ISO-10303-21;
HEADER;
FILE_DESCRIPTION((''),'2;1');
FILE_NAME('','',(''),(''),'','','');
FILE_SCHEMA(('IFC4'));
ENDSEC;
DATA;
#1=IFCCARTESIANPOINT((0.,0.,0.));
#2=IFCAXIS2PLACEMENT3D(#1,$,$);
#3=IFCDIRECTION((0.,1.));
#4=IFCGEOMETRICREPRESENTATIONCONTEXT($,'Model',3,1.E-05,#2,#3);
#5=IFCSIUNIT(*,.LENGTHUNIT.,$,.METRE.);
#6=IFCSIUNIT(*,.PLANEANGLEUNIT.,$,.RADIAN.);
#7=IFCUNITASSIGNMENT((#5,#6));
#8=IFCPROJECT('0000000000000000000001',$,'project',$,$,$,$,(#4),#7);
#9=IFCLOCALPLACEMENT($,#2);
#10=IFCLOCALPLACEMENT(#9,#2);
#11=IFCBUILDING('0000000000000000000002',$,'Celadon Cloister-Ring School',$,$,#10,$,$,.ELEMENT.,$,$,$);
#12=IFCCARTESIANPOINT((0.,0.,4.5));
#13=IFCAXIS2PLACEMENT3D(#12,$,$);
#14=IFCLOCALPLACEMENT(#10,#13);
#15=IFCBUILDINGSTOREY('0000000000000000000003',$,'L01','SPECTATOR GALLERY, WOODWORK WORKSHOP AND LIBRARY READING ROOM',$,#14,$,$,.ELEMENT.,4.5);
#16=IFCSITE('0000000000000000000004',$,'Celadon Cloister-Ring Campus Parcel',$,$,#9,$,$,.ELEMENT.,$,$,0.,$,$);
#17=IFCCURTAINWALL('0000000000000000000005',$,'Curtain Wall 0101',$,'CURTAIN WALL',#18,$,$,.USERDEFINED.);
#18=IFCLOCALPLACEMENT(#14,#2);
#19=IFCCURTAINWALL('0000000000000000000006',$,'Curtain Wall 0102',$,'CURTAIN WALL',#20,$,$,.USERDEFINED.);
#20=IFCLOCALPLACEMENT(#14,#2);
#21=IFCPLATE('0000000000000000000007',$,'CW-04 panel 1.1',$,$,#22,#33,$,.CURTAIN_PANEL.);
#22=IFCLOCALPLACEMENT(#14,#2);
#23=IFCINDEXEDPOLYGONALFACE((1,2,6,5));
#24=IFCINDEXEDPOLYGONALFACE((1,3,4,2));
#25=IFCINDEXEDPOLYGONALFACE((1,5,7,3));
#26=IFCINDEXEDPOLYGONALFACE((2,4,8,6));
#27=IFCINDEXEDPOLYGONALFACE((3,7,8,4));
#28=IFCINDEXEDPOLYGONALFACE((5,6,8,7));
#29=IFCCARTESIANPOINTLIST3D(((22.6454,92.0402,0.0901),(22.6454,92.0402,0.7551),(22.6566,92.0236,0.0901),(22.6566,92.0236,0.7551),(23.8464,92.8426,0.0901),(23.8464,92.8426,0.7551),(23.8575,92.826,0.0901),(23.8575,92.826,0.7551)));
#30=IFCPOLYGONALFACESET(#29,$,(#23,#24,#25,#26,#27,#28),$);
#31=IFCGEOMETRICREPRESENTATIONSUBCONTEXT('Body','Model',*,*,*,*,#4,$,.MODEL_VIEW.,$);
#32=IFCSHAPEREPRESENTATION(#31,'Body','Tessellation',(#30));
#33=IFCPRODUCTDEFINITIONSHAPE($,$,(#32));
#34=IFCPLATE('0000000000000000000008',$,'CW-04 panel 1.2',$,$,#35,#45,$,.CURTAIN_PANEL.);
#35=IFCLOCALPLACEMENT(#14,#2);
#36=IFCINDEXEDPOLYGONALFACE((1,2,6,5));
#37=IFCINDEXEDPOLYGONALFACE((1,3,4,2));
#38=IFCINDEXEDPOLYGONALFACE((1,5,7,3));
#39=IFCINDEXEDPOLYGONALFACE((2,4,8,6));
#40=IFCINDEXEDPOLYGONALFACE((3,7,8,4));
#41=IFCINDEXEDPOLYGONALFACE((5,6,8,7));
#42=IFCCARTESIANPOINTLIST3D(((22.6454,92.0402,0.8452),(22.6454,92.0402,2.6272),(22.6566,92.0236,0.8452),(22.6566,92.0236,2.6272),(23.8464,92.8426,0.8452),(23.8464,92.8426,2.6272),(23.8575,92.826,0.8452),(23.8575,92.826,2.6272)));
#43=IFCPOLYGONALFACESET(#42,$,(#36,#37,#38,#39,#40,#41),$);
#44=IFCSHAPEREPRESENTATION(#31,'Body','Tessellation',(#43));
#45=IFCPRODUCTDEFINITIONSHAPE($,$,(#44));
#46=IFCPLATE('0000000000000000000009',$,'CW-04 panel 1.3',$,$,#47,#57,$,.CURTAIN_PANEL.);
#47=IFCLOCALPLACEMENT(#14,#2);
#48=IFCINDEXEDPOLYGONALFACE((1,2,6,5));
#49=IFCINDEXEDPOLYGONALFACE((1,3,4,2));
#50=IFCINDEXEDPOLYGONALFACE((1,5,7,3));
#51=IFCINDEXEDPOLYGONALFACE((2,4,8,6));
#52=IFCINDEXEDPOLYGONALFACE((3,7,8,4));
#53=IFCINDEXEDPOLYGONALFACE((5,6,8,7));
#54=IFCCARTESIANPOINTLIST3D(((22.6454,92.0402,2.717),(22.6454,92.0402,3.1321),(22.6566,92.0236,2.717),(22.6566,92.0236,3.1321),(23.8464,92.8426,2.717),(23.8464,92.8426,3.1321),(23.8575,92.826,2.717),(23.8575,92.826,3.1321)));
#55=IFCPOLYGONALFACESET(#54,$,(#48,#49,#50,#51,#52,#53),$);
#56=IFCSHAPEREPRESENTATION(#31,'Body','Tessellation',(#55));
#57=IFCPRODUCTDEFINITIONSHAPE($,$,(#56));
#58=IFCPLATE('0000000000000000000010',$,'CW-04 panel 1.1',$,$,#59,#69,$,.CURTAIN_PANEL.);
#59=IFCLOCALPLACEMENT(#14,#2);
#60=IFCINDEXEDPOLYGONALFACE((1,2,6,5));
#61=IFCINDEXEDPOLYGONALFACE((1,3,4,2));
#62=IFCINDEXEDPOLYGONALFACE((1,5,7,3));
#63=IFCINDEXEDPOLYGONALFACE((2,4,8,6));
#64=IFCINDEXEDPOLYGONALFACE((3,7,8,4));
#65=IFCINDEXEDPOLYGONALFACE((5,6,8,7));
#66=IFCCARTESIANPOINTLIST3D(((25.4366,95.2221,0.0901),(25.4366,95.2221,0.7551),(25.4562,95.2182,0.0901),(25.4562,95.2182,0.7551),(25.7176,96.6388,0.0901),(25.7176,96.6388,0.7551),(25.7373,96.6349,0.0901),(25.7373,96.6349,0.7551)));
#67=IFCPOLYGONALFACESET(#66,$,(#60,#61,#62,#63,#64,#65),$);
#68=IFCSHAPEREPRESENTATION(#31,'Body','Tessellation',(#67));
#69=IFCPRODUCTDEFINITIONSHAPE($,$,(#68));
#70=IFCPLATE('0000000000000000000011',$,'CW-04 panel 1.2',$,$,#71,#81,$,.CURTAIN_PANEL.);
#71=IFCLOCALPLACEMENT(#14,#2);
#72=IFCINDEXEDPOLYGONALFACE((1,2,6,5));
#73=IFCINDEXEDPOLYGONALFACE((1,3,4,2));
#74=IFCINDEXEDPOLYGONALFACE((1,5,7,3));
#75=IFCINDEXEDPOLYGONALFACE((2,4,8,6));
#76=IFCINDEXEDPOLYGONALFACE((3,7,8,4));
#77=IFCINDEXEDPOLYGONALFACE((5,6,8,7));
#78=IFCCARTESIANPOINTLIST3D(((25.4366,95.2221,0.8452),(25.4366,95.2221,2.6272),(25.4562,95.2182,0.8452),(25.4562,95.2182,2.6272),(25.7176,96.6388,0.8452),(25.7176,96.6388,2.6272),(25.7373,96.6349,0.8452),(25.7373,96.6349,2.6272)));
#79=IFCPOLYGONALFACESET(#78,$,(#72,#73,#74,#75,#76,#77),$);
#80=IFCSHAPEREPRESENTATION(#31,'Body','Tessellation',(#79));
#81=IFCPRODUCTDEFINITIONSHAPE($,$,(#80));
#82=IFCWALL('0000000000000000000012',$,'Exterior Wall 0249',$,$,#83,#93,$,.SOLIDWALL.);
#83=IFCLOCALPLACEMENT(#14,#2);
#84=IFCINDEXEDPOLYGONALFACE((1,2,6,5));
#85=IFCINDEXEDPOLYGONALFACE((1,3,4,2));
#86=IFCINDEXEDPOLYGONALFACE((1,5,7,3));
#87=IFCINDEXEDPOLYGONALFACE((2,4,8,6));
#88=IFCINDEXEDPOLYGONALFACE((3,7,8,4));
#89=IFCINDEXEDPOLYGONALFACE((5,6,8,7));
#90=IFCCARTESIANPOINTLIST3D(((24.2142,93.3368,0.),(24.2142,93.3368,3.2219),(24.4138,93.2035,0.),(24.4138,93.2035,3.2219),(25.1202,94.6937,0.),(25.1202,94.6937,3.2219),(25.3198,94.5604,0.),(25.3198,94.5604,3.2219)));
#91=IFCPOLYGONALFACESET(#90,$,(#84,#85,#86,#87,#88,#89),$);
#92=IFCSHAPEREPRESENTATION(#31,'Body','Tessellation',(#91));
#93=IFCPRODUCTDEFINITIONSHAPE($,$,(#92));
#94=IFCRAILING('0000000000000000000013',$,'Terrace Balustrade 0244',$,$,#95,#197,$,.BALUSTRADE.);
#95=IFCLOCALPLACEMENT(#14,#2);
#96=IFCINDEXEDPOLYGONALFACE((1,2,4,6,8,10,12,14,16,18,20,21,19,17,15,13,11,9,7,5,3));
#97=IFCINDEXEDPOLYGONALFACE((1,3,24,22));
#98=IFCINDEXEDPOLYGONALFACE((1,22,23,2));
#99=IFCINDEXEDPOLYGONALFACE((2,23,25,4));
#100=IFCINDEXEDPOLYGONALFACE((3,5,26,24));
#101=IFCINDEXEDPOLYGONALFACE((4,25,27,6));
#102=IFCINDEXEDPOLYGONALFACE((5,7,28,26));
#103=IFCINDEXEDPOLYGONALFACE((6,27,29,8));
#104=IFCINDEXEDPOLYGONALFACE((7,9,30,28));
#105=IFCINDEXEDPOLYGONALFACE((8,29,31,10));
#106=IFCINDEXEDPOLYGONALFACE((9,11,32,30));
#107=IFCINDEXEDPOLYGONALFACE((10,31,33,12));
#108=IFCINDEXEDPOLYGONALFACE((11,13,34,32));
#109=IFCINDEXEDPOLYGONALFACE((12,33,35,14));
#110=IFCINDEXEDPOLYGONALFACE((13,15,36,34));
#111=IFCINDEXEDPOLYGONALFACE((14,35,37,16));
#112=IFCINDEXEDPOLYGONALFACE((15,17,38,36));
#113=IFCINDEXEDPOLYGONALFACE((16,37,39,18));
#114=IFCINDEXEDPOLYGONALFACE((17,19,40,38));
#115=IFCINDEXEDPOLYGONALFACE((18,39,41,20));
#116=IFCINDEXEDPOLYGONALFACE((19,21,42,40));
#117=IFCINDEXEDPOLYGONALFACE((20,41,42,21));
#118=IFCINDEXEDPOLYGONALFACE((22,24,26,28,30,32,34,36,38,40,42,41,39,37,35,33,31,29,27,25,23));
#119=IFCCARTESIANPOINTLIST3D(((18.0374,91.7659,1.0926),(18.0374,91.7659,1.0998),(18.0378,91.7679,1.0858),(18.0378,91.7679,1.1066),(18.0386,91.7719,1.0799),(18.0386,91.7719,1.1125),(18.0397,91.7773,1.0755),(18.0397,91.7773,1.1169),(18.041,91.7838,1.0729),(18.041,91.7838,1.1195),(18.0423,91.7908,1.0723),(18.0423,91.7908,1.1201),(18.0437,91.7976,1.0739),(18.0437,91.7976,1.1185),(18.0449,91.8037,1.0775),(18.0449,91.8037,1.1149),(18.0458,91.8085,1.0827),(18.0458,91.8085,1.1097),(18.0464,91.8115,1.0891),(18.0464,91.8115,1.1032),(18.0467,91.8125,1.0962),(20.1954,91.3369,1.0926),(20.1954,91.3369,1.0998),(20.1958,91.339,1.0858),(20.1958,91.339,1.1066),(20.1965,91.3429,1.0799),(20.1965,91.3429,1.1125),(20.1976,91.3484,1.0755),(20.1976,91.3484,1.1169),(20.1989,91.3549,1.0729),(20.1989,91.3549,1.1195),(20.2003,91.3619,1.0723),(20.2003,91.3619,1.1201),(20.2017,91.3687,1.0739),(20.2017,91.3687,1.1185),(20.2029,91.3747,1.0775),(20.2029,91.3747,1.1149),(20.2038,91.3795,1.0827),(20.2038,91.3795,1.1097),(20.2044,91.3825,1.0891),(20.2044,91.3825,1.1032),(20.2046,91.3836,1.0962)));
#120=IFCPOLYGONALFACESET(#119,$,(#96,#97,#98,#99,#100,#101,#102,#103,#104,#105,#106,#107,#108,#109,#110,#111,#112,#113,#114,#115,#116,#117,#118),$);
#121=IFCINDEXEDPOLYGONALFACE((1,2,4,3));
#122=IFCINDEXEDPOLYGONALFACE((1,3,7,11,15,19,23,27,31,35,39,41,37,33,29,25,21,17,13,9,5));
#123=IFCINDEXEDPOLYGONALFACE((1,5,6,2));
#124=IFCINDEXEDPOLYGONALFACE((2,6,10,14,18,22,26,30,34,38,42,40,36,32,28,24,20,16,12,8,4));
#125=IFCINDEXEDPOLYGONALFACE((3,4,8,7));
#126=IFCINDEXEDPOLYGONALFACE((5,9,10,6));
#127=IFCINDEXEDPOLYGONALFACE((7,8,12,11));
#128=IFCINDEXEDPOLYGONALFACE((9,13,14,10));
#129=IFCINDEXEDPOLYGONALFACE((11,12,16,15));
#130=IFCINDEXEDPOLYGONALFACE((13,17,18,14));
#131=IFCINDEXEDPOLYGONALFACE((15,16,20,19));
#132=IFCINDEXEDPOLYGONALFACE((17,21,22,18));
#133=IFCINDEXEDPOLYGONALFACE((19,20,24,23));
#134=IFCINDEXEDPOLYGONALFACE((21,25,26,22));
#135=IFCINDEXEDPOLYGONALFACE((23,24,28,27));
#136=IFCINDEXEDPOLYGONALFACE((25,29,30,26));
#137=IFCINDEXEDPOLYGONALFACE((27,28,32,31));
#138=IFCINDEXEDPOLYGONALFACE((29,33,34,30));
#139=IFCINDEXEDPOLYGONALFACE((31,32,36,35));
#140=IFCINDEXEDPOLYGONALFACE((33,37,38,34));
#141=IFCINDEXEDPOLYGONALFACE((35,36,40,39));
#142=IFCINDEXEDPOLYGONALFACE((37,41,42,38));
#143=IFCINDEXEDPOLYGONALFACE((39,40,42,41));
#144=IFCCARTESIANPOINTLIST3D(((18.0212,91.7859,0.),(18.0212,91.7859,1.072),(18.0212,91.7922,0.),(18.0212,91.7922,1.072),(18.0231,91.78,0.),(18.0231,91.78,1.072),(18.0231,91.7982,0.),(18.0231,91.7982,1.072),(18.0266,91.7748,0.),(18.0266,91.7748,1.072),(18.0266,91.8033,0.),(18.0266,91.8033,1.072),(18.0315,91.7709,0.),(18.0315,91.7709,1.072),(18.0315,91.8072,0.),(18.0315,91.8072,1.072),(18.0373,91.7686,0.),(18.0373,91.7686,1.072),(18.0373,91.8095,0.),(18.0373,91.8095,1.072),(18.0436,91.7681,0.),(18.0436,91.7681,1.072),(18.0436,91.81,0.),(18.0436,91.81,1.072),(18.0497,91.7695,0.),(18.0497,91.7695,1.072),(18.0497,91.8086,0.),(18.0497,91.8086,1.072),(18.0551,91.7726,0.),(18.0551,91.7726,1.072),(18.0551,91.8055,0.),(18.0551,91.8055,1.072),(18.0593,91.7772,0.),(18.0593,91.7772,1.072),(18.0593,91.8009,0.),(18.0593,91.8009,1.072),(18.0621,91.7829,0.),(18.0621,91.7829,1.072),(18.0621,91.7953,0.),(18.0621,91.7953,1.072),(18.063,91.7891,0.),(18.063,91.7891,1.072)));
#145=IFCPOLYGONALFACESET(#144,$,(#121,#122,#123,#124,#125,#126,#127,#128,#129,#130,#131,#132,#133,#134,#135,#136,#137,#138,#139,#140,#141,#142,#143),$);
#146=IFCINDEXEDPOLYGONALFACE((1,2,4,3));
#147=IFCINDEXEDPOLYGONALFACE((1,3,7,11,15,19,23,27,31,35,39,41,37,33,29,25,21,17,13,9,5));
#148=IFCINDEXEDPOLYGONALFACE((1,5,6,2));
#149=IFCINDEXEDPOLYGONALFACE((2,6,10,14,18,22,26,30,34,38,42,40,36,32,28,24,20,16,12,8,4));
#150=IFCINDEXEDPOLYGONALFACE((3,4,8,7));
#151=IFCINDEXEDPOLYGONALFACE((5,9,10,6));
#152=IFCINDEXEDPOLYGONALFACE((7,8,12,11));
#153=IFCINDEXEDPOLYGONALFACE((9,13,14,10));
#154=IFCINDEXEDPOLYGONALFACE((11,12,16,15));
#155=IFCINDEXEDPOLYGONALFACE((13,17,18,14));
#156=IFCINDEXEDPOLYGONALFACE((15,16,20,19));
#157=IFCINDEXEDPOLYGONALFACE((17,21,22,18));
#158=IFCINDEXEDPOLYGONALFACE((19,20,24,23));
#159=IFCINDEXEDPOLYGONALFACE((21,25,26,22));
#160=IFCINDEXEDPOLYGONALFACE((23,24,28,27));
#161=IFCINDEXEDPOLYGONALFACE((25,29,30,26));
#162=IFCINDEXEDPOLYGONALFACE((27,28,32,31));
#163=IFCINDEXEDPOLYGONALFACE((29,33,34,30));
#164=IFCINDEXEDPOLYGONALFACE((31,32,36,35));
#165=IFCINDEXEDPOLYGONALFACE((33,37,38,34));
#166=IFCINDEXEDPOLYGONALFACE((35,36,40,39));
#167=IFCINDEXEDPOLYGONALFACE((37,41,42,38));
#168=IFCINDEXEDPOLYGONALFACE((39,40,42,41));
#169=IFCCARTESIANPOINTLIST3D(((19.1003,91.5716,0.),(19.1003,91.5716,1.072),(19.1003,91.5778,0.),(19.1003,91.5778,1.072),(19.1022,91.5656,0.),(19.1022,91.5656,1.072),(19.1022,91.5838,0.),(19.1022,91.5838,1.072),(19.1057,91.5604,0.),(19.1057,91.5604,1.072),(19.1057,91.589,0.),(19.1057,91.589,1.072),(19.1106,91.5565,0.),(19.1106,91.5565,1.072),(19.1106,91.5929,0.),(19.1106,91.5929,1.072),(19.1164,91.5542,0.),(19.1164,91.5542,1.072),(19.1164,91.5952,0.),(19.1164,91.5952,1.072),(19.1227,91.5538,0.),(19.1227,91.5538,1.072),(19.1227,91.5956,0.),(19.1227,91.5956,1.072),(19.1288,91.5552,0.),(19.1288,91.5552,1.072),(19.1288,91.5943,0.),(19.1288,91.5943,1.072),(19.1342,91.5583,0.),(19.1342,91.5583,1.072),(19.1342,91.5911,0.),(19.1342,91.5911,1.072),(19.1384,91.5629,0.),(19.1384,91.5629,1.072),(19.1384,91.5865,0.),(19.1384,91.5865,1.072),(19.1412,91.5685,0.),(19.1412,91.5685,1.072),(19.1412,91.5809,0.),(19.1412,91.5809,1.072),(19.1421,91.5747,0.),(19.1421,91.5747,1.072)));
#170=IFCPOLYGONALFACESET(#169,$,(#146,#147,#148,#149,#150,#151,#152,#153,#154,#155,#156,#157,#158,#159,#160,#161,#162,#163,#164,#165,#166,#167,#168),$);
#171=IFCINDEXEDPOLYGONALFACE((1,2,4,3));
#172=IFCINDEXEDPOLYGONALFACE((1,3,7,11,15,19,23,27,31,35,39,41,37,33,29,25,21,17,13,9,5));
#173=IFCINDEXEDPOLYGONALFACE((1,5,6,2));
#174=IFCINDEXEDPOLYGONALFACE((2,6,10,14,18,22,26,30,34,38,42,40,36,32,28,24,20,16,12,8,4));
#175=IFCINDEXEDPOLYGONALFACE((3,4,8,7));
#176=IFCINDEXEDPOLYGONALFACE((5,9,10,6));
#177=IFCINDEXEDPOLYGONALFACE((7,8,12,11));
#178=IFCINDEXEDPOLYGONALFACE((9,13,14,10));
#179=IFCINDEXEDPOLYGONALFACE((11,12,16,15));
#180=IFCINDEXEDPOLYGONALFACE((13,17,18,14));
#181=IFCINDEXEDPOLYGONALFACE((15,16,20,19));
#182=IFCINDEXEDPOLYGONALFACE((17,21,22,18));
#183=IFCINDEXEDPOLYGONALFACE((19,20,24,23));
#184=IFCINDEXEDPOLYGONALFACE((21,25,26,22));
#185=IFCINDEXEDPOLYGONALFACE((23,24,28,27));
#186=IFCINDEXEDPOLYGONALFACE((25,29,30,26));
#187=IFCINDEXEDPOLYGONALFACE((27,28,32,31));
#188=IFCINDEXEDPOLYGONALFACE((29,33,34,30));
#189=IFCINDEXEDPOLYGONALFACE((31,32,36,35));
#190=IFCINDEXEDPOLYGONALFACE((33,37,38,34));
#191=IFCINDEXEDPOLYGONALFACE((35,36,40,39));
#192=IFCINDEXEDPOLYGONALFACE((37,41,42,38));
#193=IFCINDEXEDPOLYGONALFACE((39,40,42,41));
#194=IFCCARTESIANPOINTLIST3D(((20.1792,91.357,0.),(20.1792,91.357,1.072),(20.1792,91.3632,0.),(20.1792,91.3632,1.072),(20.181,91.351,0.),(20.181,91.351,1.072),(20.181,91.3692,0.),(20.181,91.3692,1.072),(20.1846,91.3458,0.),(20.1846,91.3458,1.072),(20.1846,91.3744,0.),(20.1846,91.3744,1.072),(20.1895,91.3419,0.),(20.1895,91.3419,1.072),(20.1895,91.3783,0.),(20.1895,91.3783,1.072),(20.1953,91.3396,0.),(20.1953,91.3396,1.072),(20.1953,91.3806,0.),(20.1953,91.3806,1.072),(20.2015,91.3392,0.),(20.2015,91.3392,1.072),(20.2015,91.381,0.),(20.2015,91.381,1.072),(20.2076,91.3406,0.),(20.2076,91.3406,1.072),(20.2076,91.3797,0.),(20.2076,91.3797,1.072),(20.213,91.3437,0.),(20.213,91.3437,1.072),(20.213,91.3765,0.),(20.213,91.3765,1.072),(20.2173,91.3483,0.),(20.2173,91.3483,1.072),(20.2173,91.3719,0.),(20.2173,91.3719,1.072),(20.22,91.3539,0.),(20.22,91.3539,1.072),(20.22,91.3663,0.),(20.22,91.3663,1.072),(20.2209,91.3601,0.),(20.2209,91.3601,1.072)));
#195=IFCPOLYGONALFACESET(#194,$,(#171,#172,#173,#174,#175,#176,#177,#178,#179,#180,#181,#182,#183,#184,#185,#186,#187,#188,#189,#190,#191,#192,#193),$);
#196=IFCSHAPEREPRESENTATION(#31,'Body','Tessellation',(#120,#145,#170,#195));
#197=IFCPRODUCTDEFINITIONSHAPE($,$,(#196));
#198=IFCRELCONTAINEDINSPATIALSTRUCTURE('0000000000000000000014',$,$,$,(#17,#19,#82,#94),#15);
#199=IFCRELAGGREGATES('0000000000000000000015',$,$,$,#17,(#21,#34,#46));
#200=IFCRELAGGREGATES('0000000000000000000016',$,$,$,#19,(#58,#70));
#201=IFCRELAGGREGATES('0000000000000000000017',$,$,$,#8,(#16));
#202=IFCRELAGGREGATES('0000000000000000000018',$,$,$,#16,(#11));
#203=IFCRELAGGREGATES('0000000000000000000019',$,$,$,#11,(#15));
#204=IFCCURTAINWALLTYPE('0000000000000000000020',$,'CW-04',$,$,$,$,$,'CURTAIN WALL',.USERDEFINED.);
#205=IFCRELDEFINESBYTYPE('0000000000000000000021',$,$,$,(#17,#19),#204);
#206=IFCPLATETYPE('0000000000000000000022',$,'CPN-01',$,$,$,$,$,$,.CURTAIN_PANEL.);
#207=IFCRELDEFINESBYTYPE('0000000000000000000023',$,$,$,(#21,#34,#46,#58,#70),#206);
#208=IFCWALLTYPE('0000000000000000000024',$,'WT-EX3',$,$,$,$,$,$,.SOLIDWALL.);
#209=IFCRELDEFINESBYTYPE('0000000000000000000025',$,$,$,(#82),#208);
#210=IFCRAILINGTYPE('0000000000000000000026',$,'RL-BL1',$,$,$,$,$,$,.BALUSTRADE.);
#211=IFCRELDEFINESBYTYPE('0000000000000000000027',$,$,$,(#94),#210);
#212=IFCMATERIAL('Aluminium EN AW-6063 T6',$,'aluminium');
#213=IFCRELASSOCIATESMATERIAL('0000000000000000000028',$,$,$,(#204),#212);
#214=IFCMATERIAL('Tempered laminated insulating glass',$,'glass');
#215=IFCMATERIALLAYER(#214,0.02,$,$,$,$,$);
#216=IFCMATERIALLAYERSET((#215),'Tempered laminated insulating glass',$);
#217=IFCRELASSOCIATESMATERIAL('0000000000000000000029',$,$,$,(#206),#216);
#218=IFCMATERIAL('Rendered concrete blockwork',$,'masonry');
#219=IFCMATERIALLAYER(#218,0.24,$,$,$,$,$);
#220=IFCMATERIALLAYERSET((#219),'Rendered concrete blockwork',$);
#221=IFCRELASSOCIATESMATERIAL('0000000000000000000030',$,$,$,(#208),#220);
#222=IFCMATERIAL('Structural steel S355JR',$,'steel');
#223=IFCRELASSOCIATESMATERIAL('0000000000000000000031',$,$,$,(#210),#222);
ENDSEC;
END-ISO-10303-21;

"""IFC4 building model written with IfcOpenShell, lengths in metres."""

from ifc_helpers import new_model, si_unit, direction, frame, frame_2d, origin, origin_2d, place, context, subcontext, project, spatial, rectangle, circle, extrude, material, layer, layer_set, type_object, element, aggregate, save


model = new_model("IFC4")

# Units and contexts
model_context = context("Model", 3, precision=1e-05, world=origin(), true_north=direction((0.0, 1.0)))
body_context = subcontext(model_context, "Body", "Model", "MODEL_VIEW")
ifc_project = project(units=[si_unit("LENGTHUNIT", "METRE"), si_unit("PLANEANGLEUNIT", "RADIAN")], contexts=[model_context])

# Site, building, storey
site_placement = place(None, origin())
site = spatial("IfcSite", under=ifc_project, at=site_placement, Name="Celadon Cloister-Ring Campus Parcel", CompositionType="ELEMENT", RefElevation=0.0)
building_placement = place(site_placement, origin())
building = spatial("IfcBuilding", under=site, at=building_placement, Name="Celadon Cloister-Ring School", CompositionType="ELEMENT")
storey_placement = place(building_placement, frame((0.0, 0.0, 4.5)))
storey = spatial("IfcBuildingStorey", under=building, at=storey_placement, Name="L01", Description="SPECTATOR GALLERY, WOODWORK WORKSHOP AND LIBRARY READING ROOM", CompositionType="ELEMENT", Elevation=4.5)

# Curtain wall
ifc_material_1 = material(Name="Aluminium EN AW-6063 T6", Category="aluminium")
curtain_wall_type = type_object("IfcCurtainWallType", Name="CW-04", ElementType="CURTAIN WALL", PredefinedType="USERDEFINED", material=ifc_material_1)
curtain_wall_1_placement = place(storey_placement, origin())
curtain_wall_1 = element("IfcCurtainWall", 1, at=curtain_wall_1_placement, inside=storey, type_object=curtain_wall_type, Name="Curtain Wall 0101", ObjectType="CURTAIN WALL", PredefinedType="USERDEFINED")

# Curtain wall
curtain_wall_2_placement = place(storey_placement, origin())
curtain_wall_2 = element("IfcCurtainWall", 2, at=curtain_wall_2_placement, inside=storey, type_object=curtain_wall_type, Name="Curtain Wall 0102", ObjectType="CURTAIN WALL", PredefinedType="USERDEFINED")

# Plates
ifc_material_2 = material(Name="Tempered laminated insulating glass", Category="glass")
ifc_layer_1 = layer(ifc_material_2, 0.02)
ifc_layer_set_1 = layer_set([ifc_layer_1], Name="Tempered laminated insulating glass")
plate_type = type_object("IfcPlateType", Name="CPN-01", PredefinedType="CURTAIN_PANEL", material=ifc_layer_set_1)
plate_1_placement = place(storey_placement, frame((23.2515, 92.4331, 0.0901), z_axis=(0.0, 0.0, 1.0), x_axis=(0.831485, 0.555547, 0.0)))
plate_1 = element("IfcPlate", 3, at=plate_1_placement, type_object=plate_type, Name="CW-04 panel 1.1", PredefinedType="CURTAIN_PANEL", context=body_context, shape_type="SweptSolid", body=[
    extrude(rectangle(XDim=1.4443, YDim=0.02, at=origin_2d()), origin(), (0.0, 0.0, 1.0), 0.665),
])
plate_2_placement = place(storey_placement, frame((23.2515, 92.4331, 0.8452), z_axis=(0.0, 0.0, 1.0), x_axis=(0.831485, 0.555547, 0.0)))
plate_2 = element("IfcPlate", 4, at=plate_2_placement, type_object=plate_type, Name="CW-04 panel 1.2", PredefinedType="CURTAIN_PANEL", context=body_context, shape_type="SweptSolid", body=[
    extrude(rectangle(XDim=1.4443, YDim=0.02, at=origin_2d()), origin(), (0.0, 0.0, 1.0), 1.782),
])
plate_3_placement = place(storey_placement, frame((23.2515, 92.4331, 2.717), z_axis=(0.0, 0.0, 1.0), x_axis=(0.831485, 0.555547, 0.0)))
plate_3 = element("IfcPlate", 5, at=plate_3_placement, type_object=plate_type, Name="CW-04 panel 1.3", PredefinedType="CURTAIN_PANEL", context=body_context, shape_type="SweptSolid", body=[
    extrude(rectangle(XDim=1.4443, YDim=0.02, at=origin_2d()), origin(), (0.0, 0.0, 1.0), 0.415),
])
aggregate(curtain_wall_1, [plate_1, plate_2, plate_3])
plate_4_placement = place(storey_placement, frame((25.5869, 95.9285, 0.0901), z_axis=(0.0, 0.0, 1.0), x_axis=(0.194586, 0.980885, 0.0)))
plate_4 = element("IfcPlate", 6, at=plate_4_placement, type_object=plate_type, Name="CW-04 panel 1.1", PredefinedType="CURTAIN_PANEL", context=body_context, shape_type="SweptSolid", body=[
    extrude(rectangle(XDim=1.4443, YDim=0.02, at=origin_2d()), origin(), (0.0, 0.0, 1.0), 0.665),
])
plate_5_placement = place(storey_placement, frame((25.5869, 95.9285, 0.8452), z_axis=(0.0, 0.0, 1.0), x_axis=(0.194586, 0.980885, 0.0)))
plate_5 = element("IfcPlate", 7, at=plate_5_placement, type_object=plate_type, Name="CW-04 panel 1.2", PredefinedType="CURTAIN_PANEL", context=body_context, shape_type="SweptSolid", body=[
    extrude(rectangle(XDim=1.4443, YDim=0.02, at=origin_2d()), origin(), (0.0, 0.0, 1.0), 1.782),
])
aggregate(curtain_wall_2, [plate_4, plate_5])

# Wall
ifc_material_3 = material(Name="Rendered concrete blockwork", Category="masonry")
ifc_layer_2 = layer(ifc_material_3, 0.24)
ifc_layer_set_2 = layer_set([ifc_layer_2], Name="Rendered concrete blockwork")
wall_type = type_object("IfcWallType", Name="WT-EX3", PredefinedType="SOLIDWALL", material=ifc_layer_set_2)
wall_placement = place(storey_placement, frame((24.314, 93.27, 0.0), z_axis=(0.0, 0.0, 1.0), x_axis=(0.555287, 0.831659, 0.0)))
element("IfcWall", 8, at=wall_placement, inside=storey, type_object=wall_type, Name="Exterior Wall 0249", PredefinedType="SOLIDWALL", context=body_context, shape_type="SweptSolid", body=[
    extrude(rectangle(XDim=1.6316, YDim=0.24, at=frame_2d((0.8159, 0.0))), origin(), (0.0, 0.0, 1.0), 3.2219),
])

# Railing
ifc_material_4 = material(Name="Structural steel S355JR", Category="steel")
railing_type = type_object("IfcRailingType", Name="RL-BL1", PredefinedType="BALUSTRADE", material=ifc_material_4)
railing_1_placement = place(storey_placement, frame((18.042, 91.7891, 0.0)))
element("IfcRailing", 9, at=railing_1_placement, inside=storey, type_object=railing_type, Name="Terrace Balustrade 0244", PredefinedType="BALUSTRADE", context=body_context, shape_type="SweptSolid", body=[
    extrude(circle(Radius=0.0239, at=origin_2d()), frame((0.0, 0.0, 1.0962), z_axis=(0.98081, -0.194964, 0.0), x_axis=(0.194964, 0.98081, 0.0)), (0.0, 0.0, 1.0), 2.2002),
    extrude(circle(Radius=0.021, at=origin_2d()), origin(), (0.0, 0.0, 1.0), 1.072),
    extrude(circle(Radius=0.021, at=origin_2d()), frame((1.0791, -0.2144, 0.0)), (0.0, 0.0, 1.0), 1.072),
    extrude(circle(Radius=0.021, at=origin_2d()), frame((2.158, -0.429, 0.0)), (0.0, 0.0, 1.0), 1.072),
])

save(model, "model.ifc")
